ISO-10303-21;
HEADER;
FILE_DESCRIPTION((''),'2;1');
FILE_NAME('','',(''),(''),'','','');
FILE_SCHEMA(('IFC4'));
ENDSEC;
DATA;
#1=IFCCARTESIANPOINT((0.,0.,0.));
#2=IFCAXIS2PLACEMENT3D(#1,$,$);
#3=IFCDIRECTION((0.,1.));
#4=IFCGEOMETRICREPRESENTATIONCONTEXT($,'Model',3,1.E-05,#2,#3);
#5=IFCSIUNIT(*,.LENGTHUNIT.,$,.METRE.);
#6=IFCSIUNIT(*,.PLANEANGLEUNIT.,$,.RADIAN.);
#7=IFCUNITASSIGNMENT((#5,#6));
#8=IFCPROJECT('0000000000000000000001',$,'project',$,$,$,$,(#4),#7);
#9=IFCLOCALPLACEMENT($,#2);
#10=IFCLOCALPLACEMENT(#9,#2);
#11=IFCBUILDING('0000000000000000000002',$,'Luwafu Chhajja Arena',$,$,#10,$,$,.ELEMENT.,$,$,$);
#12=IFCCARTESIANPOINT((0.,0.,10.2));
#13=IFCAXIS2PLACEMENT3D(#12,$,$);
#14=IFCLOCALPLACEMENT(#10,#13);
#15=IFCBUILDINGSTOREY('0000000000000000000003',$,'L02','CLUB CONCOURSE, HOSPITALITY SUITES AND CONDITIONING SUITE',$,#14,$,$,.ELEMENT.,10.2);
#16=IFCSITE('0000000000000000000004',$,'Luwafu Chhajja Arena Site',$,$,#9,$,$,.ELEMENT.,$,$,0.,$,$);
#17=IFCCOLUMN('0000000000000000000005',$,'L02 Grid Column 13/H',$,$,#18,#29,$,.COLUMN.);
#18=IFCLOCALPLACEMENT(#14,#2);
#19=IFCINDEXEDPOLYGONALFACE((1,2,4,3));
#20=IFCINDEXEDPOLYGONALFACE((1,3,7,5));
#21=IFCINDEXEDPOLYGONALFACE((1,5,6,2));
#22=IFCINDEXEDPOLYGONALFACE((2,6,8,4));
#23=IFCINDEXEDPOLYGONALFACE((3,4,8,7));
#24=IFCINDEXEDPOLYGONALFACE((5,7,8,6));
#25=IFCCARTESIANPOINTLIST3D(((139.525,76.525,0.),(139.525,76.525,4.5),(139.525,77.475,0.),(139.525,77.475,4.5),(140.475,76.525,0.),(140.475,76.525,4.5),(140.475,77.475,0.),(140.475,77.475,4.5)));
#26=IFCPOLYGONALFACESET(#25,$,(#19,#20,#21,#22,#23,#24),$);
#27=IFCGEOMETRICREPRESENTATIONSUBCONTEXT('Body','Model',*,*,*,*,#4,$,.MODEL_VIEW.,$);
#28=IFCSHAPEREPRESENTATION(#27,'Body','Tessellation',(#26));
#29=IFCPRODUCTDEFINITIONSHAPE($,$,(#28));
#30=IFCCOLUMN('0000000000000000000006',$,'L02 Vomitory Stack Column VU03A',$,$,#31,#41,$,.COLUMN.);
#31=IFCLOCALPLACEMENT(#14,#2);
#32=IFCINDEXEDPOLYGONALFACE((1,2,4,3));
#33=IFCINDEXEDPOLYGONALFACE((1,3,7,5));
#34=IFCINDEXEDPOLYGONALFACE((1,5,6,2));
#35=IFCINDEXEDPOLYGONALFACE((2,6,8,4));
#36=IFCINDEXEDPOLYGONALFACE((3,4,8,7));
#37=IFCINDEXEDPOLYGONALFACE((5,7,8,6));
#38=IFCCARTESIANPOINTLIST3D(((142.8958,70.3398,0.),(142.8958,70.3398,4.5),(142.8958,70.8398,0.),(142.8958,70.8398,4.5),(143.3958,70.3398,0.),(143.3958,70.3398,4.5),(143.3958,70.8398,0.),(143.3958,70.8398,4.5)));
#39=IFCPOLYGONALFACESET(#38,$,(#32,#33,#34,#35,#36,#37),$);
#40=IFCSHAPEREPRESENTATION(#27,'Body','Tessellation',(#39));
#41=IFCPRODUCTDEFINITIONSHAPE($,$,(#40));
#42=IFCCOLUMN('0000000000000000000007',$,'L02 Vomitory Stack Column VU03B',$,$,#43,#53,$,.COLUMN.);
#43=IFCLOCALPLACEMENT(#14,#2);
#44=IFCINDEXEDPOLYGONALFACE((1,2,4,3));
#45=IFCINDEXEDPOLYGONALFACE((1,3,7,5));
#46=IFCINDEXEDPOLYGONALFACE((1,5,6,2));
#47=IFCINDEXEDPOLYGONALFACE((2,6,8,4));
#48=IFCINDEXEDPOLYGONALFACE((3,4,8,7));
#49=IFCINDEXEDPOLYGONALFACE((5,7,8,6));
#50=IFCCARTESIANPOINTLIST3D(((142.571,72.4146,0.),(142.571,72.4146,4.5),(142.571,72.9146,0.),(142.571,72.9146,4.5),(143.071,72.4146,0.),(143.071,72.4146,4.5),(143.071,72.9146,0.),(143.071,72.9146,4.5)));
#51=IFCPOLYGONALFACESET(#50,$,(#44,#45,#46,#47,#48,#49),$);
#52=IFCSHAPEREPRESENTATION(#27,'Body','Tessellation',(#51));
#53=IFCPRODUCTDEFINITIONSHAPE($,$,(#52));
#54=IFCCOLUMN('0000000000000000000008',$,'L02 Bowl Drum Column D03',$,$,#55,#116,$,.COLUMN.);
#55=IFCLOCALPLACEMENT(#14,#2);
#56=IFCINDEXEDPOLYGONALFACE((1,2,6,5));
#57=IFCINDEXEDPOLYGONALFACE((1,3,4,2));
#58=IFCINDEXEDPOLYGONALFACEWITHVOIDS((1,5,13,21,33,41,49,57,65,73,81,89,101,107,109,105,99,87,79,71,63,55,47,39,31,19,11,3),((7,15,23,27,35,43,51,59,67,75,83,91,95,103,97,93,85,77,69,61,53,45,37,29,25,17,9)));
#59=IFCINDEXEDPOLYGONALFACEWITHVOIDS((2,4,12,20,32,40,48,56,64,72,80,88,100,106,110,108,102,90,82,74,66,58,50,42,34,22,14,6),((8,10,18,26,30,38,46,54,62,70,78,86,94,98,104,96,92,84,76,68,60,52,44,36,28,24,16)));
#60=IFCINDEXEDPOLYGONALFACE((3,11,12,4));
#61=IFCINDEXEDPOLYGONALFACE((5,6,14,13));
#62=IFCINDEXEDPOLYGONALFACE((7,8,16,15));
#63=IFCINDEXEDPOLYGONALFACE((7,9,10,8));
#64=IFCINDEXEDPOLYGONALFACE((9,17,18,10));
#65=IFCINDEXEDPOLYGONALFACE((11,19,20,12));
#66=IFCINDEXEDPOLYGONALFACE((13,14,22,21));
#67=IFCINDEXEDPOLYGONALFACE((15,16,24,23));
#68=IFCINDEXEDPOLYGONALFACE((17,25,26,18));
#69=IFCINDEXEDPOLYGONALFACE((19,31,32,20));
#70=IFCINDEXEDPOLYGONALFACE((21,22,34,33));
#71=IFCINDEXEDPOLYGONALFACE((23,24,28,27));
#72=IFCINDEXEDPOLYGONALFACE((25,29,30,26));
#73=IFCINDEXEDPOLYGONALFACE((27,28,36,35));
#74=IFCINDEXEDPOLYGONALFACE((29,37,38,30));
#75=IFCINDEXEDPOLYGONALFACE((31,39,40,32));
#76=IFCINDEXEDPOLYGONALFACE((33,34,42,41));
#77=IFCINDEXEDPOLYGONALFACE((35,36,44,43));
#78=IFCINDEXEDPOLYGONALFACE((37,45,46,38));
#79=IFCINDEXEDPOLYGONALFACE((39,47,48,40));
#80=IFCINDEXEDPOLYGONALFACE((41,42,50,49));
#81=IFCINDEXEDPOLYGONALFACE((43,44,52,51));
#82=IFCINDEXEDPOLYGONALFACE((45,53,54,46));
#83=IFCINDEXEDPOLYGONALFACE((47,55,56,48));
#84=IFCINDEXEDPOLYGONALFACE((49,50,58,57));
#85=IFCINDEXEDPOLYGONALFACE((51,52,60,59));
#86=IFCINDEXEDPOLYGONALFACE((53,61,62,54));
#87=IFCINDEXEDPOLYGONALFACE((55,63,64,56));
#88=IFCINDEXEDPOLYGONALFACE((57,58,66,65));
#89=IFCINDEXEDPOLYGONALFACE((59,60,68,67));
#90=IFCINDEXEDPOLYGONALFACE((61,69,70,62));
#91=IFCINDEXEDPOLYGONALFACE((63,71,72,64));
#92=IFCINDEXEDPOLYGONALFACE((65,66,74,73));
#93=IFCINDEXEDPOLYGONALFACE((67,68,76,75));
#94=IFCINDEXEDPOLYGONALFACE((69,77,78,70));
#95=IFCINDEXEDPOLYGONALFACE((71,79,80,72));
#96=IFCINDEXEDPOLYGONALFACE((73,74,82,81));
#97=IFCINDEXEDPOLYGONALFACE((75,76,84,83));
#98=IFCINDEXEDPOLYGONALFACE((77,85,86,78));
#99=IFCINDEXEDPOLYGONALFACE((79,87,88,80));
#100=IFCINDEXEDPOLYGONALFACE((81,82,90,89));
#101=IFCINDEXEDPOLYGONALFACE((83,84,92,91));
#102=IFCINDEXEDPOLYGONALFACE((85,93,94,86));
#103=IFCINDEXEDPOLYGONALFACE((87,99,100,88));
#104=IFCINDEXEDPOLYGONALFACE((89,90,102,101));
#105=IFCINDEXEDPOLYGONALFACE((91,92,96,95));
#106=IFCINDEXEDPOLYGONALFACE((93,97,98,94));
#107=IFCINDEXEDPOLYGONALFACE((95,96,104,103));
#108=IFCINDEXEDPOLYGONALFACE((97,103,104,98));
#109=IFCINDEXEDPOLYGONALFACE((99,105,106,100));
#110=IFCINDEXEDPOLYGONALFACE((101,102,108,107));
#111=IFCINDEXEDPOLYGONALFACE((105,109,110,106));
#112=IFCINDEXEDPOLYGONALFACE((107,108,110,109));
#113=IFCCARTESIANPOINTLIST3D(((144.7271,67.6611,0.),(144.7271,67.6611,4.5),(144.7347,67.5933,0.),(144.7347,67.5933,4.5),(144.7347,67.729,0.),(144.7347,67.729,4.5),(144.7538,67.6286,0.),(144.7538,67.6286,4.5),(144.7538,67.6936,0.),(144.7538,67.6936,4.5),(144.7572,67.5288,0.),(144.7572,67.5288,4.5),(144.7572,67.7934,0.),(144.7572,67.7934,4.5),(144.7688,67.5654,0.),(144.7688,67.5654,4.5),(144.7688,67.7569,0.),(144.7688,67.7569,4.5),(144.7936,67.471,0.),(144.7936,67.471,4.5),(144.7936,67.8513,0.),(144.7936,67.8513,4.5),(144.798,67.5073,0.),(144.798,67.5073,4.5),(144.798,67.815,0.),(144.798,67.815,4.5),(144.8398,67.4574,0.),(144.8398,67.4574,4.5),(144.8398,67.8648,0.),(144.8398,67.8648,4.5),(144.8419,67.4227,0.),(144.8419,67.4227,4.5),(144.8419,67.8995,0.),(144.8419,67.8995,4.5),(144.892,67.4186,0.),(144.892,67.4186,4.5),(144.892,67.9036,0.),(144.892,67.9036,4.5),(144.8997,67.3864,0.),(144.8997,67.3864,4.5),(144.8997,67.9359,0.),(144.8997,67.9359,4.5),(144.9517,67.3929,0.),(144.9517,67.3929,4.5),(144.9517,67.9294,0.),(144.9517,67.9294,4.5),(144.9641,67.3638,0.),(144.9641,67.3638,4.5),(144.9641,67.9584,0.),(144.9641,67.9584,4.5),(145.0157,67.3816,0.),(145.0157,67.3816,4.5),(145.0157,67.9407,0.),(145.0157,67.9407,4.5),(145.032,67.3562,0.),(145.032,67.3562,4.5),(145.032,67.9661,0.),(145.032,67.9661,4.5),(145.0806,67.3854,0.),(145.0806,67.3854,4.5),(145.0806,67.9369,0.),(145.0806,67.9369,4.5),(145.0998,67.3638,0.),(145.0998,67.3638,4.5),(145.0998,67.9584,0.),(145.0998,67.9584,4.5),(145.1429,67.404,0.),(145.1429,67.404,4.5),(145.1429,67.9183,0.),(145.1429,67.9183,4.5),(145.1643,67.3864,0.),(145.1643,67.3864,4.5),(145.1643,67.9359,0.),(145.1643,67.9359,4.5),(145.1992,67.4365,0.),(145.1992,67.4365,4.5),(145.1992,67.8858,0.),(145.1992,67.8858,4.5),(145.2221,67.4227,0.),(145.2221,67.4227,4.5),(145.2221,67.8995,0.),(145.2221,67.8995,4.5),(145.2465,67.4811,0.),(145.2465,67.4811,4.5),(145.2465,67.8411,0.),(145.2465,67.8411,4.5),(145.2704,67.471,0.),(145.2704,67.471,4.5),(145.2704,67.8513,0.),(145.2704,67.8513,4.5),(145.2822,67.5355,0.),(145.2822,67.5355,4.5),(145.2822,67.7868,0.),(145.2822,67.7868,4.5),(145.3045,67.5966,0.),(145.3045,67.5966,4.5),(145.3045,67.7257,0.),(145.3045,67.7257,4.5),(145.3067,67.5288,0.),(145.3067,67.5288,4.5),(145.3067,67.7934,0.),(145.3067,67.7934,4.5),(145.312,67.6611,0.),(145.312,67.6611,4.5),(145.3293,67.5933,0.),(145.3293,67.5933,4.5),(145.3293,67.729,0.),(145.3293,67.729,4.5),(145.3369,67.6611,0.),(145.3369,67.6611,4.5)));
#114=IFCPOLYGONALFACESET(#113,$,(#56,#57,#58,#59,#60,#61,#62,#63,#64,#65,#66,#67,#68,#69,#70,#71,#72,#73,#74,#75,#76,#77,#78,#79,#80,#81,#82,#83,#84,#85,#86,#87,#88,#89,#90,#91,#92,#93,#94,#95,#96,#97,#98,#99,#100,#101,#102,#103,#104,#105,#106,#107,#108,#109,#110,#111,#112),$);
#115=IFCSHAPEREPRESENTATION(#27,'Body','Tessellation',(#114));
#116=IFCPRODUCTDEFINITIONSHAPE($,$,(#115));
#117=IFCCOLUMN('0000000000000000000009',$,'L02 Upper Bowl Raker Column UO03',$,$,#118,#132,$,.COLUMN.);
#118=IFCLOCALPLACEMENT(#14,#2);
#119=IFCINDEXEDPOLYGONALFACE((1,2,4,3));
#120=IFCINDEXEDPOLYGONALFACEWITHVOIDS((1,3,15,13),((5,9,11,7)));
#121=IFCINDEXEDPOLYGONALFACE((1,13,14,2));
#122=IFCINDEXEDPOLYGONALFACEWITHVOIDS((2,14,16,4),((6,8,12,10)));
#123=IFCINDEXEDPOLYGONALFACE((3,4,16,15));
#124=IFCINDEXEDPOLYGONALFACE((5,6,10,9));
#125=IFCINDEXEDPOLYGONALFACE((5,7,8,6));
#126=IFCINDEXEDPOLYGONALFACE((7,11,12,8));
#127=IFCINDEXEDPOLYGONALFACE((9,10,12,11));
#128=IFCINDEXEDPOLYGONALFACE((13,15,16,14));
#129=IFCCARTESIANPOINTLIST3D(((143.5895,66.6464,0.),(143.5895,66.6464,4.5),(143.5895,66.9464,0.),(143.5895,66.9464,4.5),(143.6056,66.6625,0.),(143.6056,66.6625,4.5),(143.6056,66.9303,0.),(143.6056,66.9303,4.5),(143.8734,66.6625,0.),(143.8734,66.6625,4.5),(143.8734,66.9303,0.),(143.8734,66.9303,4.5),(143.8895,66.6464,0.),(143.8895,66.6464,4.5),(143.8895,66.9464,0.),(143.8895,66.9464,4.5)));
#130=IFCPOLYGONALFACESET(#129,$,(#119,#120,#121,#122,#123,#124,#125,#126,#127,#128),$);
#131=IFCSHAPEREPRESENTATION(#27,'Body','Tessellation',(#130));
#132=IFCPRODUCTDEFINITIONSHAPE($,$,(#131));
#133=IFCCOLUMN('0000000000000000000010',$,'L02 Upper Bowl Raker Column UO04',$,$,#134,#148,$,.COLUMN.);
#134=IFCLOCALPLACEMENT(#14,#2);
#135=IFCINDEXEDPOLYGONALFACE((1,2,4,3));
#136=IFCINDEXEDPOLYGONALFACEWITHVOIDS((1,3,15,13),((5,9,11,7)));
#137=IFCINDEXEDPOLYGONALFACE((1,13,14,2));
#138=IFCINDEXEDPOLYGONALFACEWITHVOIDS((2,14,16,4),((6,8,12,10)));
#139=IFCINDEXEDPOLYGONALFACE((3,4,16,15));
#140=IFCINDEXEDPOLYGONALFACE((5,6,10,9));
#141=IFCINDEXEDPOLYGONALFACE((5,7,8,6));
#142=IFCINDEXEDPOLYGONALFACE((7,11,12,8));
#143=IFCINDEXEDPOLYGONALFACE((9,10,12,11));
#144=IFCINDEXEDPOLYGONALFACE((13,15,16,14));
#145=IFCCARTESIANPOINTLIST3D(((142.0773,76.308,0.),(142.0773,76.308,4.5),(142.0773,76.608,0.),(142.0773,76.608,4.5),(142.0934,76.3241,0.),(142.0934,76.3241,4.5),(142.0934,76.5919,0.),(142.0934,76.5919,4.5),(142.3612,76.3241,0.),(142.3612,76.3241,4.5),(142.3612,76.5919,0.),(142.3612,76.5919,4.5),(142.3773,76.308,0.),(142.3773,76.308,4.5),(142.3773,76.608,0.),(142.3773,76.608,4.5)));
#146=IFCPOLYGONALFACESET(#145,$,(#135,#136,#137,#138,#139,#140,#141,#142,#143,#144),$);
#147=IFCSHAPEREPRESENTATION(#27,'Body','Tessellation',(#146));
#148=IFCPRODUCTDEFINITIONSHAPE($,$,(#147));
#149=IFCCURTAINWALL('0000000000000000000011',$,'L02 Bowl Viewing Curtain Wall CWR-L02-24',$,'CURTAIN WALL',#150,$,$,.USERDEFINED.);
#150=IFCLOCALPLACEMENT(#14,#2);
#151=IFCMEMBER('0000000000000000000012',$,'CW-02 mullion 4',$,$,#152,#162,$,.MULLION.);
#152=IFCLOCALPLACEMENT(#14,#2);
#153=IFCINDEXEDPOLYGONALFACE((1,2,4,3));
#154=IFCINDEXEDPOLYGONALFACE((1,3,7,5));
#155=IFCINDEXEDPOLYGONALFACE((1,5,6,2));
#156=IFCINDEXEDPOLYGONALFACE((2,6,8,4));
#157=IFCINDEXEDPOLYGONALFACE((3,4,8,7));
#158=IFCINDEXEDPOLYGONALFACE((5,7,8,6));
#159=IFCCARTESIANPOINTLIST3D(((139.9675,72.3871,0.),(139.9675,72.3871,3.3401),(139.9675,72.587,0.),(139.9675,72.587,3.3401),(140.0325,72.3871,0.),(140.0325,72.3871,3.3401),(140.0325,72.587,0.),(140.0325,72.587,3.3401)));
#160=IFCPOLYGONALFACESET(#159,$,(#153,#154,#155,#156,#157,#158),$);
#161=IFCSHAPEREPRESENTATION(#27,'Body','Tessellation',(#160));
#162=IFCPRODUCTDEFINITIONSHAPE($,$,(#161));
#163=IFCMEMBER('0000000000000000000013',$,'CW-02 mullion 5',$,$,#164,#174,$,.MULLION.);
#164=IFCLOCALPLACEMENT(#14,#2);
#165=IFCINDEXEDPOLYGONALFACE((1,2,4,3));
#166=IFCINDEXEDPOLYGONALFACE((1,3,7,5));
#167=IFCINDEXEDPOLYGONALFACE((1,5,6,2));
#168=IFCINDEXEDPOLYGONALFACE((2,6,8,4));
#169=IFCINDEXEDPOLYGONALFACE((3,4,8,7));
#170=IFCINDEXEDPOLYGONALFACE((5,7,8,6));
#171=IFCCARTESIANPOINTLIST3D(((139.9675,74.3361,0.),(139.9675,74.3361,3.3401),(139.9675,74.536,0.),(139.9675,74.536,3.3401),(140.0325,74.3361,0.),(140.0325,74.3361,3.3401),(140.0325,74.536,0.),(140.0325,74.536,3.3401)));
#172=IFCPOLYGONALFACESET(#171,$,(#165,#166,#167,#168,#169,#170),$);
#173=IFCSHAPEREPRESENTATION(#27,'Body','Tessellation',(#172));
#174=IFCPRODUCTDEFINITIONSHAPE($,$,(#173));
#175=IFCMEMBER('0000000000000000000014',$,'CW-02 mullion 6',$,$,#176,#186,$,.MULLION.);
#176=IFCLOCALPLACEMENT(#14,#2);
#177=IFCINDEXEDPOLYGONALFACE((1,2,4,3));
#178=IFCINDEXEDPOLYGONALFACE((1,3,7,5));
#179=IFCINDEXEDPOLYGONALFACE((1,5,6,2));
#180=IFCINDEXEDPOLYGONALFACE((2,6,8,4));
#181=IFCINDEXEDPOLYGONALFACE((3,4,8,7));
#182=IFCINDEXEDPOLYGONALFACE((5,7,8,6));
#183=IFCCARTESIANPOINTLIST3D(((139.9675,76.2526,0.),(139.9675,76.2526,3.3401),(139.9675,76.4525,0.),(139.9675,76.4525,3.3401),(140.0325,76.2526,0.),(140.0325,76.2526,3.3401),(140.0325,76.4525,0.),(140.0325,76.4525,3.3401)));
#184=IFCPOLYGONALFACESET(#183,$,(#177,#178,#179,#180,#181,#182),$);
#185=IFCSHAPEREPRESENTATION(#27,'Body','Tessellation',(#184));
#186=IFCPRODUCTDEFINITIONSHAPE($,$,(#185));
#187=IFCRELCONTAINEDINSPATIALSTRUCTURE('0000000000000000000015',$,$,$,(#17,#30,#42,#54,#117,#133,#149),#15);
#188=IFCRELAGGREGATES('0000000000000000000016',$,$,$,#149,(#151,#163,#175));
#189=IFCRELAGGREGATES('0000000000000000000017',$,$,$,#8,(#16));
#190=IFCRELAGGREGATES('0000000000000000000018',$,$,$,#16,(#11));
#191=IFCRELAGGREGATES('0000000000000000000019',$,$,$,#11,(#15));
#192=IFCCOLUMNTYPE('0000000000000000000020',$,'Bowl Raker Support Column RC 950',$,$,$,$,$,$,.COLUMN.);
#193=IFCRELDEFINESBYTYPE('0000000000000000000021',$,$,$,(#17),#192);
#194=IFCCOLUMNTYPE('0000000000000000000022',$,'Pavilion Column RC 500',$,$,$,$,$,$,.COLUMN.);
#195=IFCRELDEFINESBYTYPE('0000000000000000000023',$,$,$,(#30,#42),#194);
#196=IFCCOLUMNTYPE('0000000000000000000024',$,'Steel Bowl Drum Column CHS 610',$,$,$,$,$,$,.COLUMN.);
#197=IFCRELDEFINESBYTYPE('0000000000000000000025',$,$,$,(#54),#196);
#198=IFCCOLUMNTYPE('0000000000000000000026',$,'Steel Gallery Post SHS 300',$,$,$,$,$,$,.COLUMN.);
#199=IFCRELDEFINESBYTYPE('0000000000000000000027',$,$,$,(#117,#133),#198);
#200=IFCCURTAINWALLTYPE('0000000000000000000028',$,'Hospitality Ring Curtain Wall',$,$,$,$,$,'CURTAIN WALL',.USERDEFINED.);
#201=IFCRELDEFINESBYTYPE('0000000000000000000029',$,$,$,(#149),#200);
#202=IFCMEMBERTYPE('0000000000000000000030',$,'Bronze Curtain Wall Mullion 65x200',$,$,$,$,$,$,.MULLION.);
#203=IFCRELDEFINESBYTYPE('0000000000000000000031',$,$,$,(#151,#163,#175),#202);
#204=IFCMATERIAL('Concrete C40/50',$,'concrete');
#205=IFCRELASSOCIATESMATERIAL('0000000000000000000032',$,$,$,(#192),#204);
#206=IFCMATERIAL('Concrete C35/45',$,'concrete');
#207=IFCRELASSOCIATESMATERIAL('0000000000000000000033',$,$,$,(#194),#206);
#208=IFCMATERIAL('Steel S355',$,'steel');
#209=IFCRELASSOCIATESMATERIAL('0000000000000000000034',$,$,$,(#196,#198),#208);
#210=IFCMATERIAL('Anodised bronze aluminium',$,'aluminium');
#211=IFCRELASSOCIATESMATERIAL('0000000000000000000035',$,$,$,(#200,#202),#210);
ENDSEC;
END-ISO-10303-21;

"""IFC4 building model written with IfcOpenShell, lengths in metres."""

from ifc_helpers import new_model, si_unit, direction, frame, origin, origin_2d, place, context, subcontext, project, spatial, rectangle, hollow_rectangle, hollow_circle, extrude, material, material_profile, profile_set, type_object, element, aggregate, save


model = new_model("IFC4")

# Units and contexts
model_context = context("Model", 3, precision=1e-05, world=origin(), true_north=direction((0.0, 1.0)))
body_context = subcontext(model_context, "Body", "Model", "MODEL_VIEW")
ifc_project = project(units=[si_unit("LENGTHUNIT", "METRE"), si_unit("PLANEANGLEUNIT", "RADIAN")], contexts=[model_context])

# Site, building, storey
site_placement = place(None, origin())
site = spatial("IfcSite", under=ifc_project, at=site_placement, Name="Luwafu Chhajja Arena Site", CompositionType="ELEMENT", RefElevation=0.0)
building_placement = place(site_placement, origin())
building = spatial("IfcBuilding", under=site, at=building_placement, Name="Luwafu Chhajja Arena", CompositionType="ELEMENT")
storey_placement = place(building_placement, frame((0.0, 0.0, 10.2)))
storey = spatial("IfcBuildingStorey", under=building, at=storey_placement, Name="L02", Description="CLUB CONCOURSE, HOSPITALITY SUITES AND CONDITIONING SUITE", CompositionType="ELEMENT", Elevation=10.2)

# Columns
ifc_material_1 = material(Name="Concrete C40/50", Category="concrete")
ifc_material_profile_1 = material_profile(ifc_material_1, rectangle(XDim=0.95, YDim=0.95, at=origin_2d()), Name="RC 950x950")
ifc_profile_set_1 = profile_set([ifc_material_profile_1], Name="Concrete C40/50")
column_type_1 = type_object("IfcColumnType", Name="Bowl Raker Support Column RC 950", PredefinedType="COLUMN", material=ifc_profile_set_1)
column_1_placement = place(storey_placement, frame((140.0, 77.0, 0.0), z_axis=(0.0, 0.0, 1.0), x_axis=(1.0, 0.0, 0.0)))
element("IfcColumn", 1, at=column_1_placement, inside=storey, type_object=column_type_1, Name="L02 Grid Column 13/H", PredefinedType="COLUMN", context=body_context, shape_type="SweptSolid", body=[
    extrude(rectangle(XDim=0.95, YDim=0.95, at=origin_2d()), origin(), (0.0, 0.0, 1.0), 4.5),
])
ifc_material_2 = material(Name="Concrete C35/45", Category="concrete")
ifc_material_profile_2 = material_profile(ifc_material_2, rectangle(XDim=0.5, YDim=0.5, at=origin_2d()), Name="RC 500x500")
ifc_profile_set_2 = profile_set([ifc_material_profile_2], Name="Concrete C35/45")
column_type_2 = type_object("IfcColumnType", Name="Pavilion Column RC 500", PredefinedType="COLUMN", material=ifc_profile_set_2)
for number, where, z_axis, x_axis, name in (
    (2, (143.1458, 70.5898, 0.0), (0.0, 0.0, 1.0), (1.0, 0.0, 0.0), "L02 Vomitory Stack Column VU03A"),
    (3, (142.821, 72.6646, 0.0), (0.0, 0.0, 1.0), (1.0, 0.0, 0.0), "L02 Vomitory Stack Column VU03B"),
):
    element("IfcColumn", number, at=place(storey_placement, frame(where, z_axis=z_axis, x_axis=x_axis)), inside=storey, type_object=column_type_2, Name=name, PredefinedType="COLUMN", context=body_context, shape_type="SweptSolid", body=[
        extrude(rectangle(XDim=0.5, YDim=0.5, at=origin_2d()), origin(), (0.0, 0.0, 1.0), 4.5),
    ])
ifc_material_3 = material(Name="Steel S355", Category="steel")
ifc_material_profile_3 = material_profile(ifc_material_3, hollow_circle(Radius=0.3049, WallThickness=0.0249, at=origin_2d()), Name="CHS 610x25")
ifc_profile_set_3 = profile_set([ifc_material_profile_3], Name="Steel S355")
column_type_3 = type_object("IfcColumnType", Name="Steel Bowl Drum Column CHS 610", PredefinedType="COLUMN", material=ifc_profile_set_3)
column_2_placement = place(storey_placement, frame((145.032, 67.6611, 0.0), z_axis=(0.0, 0.0, 1.0), x_axis=(1.0, 0.0, 0.0)))
element("IfcColumn", 4, at=column_2_placement, inside=storey, type_object=column_type_3, Name="L02 Bowl Drum Column D03", PredefinedType="COLUMN", context=body_context, shape_type="SweptSolid", body=[
    extrude(hollow_circle(Radius=0.3049, WallThickness=0.0249, at=origin_2d()), origin(), (0.0, 0.0, 1.0), 4.5),
])
ifc_material_profile_4 = material_profile(ifc_material_3, hollow_rectangle(XDim=0.3, YDim=0.3, WallThickness=0.0161, at=origin_2d()), Name="SHS 300x300x16")
ifc_profile_set_4 = profile_set([ifc_material_profile_4], Name="Steel S355")
column_type_4 = type_object("IfcColumnType", Name="Steel Gallery Post SHS 300", PredefinedType="COLUMN", material=ifc_profile_set_4)
for number, where, z_axis, x_axis, name in (
    (5, (143.7395, 66.7964, 0.0), (0.0, 0.0, 1.0), (1.0, 0.0, 0.0), "L02 Upper Bowl Raker Column UO03"),
    (6, (142.2273, 76.458, 0.0), (0.0, 0.0, 1.0), (1.0, 0.0, 0.0), "L02 Upper Bowl Raker Column UO04"),
):
    element("IfcColumn", number, at=place(storey_placement, frame(where, z_axis=z_axis, x_axis=x_axis)), inside=storey, type_object=column_type_4, Name=name, PredefinedType="COLUMN", context=body_context, shape_type="SweptSolid", body=[
        extrude(hollow_rectangle(XDim=0.3, YDim=0.3, WallThickness=0.0161, at=origin_2d()), origin(), (0.0, 0.0, 1.0), 4.5),
    ])

# Curtain wall, members
ifc_material_4 = material(Name="Anodised bronze aluminium", Category="aluminium")
curtain_wall_type = type_object("IfcCurtainWallType", Name="Hospitality Ring Curtain Wall", ElementType="CURTAIN WALL", PredefinedType="USERDEFINED", material=ifc_material_4)
curtain_wall_placement = place(storey_placement, origin())
curtain_wall = element("IfcCurtainWall", 7, at=curtain_wall_placement, inside=storey, type_object=curtain_wall_type, Name="L02 Bowl Viewing Curtain Wall CWR-L02-24", ObjectType="CURTAIN WALL", PredefinedType="USERDEFINED")
ifc_material_profile_5 = material_profile(ifc_material_4, rectangle(XDim=0.0649, YDim=0.2, at=origin_2d()), Name="CWM 65x200")
ifc_profile_set_5 = profile_set([ifc_material_profile_5], Name="Anodised bronze aluminium")
member_type_1 = type_object("IfcMemberType", Name="Bronze Curtain Wall Mullion 65x200", PredefinedType="MULLION", material=ifc_profile_set_5)
member_1_placement = place(storey_placement, frame((140.0, 72.4871, 0.0), z_axis=(0.0, 0.0, 1.0), x_axis=(-1.0, 0.0, 0.0)))
member_1 = element("IfcMember", 8, at=member_1_placement, type_object=member_type_1, Name="CW-02 mullion 4", PredefinedType="MULLION", context=body_context, shape_type="SweptSolid", body=[
    extrude(rectangle(XDim=0.0649, YDim=0.2, at=origin_2d()), origin(), (0.0, 0.0, 1.0), 3.3401),
])
member_2_placement = place(storey_placement, frame((140.0, 74.436, 0.0), z_axis=(0.0, 0.0, 1.0), x_axis=(-1.0, 0.0, 0.0)))
member_2 = element("IfcMember", 9, at=member_2_placement, type_object=member_type_1, Name="CW-02 mullion 5", PredefinedType="MULLION", context=body_context, shape_type="SweptSolid", body=[
    extrude(rectangle(XDim=0.0649, YDim=0.2, at=origin_2d()), origin(), (0.0, 0.0, 1.0), 3.3401),
])
member_3_placement = place(storey_placement, frame((140.0, 76.3525, 0.0), z_axis=(0.0, 0.0, 1.0), x_axis=(-1.0, 0.0, 0.0)))
member_3 = element("IfcMember", 10, at=member_3_placement, type_object=member_type_1, Name="CW-02 mullion 6", PredefinedType="MULLION", context=body_context, shape_type="SweptSolid", body=[
    extrude(rectangle(XDim=0.0649, YDim=0.2, at=origin_2d()), origin(), (0.0, 0.0, 1.0), 3.3401),
])

aggregate(curtain_wall, [member_1, member_2, member_3])

save(model, "model.ifc")
